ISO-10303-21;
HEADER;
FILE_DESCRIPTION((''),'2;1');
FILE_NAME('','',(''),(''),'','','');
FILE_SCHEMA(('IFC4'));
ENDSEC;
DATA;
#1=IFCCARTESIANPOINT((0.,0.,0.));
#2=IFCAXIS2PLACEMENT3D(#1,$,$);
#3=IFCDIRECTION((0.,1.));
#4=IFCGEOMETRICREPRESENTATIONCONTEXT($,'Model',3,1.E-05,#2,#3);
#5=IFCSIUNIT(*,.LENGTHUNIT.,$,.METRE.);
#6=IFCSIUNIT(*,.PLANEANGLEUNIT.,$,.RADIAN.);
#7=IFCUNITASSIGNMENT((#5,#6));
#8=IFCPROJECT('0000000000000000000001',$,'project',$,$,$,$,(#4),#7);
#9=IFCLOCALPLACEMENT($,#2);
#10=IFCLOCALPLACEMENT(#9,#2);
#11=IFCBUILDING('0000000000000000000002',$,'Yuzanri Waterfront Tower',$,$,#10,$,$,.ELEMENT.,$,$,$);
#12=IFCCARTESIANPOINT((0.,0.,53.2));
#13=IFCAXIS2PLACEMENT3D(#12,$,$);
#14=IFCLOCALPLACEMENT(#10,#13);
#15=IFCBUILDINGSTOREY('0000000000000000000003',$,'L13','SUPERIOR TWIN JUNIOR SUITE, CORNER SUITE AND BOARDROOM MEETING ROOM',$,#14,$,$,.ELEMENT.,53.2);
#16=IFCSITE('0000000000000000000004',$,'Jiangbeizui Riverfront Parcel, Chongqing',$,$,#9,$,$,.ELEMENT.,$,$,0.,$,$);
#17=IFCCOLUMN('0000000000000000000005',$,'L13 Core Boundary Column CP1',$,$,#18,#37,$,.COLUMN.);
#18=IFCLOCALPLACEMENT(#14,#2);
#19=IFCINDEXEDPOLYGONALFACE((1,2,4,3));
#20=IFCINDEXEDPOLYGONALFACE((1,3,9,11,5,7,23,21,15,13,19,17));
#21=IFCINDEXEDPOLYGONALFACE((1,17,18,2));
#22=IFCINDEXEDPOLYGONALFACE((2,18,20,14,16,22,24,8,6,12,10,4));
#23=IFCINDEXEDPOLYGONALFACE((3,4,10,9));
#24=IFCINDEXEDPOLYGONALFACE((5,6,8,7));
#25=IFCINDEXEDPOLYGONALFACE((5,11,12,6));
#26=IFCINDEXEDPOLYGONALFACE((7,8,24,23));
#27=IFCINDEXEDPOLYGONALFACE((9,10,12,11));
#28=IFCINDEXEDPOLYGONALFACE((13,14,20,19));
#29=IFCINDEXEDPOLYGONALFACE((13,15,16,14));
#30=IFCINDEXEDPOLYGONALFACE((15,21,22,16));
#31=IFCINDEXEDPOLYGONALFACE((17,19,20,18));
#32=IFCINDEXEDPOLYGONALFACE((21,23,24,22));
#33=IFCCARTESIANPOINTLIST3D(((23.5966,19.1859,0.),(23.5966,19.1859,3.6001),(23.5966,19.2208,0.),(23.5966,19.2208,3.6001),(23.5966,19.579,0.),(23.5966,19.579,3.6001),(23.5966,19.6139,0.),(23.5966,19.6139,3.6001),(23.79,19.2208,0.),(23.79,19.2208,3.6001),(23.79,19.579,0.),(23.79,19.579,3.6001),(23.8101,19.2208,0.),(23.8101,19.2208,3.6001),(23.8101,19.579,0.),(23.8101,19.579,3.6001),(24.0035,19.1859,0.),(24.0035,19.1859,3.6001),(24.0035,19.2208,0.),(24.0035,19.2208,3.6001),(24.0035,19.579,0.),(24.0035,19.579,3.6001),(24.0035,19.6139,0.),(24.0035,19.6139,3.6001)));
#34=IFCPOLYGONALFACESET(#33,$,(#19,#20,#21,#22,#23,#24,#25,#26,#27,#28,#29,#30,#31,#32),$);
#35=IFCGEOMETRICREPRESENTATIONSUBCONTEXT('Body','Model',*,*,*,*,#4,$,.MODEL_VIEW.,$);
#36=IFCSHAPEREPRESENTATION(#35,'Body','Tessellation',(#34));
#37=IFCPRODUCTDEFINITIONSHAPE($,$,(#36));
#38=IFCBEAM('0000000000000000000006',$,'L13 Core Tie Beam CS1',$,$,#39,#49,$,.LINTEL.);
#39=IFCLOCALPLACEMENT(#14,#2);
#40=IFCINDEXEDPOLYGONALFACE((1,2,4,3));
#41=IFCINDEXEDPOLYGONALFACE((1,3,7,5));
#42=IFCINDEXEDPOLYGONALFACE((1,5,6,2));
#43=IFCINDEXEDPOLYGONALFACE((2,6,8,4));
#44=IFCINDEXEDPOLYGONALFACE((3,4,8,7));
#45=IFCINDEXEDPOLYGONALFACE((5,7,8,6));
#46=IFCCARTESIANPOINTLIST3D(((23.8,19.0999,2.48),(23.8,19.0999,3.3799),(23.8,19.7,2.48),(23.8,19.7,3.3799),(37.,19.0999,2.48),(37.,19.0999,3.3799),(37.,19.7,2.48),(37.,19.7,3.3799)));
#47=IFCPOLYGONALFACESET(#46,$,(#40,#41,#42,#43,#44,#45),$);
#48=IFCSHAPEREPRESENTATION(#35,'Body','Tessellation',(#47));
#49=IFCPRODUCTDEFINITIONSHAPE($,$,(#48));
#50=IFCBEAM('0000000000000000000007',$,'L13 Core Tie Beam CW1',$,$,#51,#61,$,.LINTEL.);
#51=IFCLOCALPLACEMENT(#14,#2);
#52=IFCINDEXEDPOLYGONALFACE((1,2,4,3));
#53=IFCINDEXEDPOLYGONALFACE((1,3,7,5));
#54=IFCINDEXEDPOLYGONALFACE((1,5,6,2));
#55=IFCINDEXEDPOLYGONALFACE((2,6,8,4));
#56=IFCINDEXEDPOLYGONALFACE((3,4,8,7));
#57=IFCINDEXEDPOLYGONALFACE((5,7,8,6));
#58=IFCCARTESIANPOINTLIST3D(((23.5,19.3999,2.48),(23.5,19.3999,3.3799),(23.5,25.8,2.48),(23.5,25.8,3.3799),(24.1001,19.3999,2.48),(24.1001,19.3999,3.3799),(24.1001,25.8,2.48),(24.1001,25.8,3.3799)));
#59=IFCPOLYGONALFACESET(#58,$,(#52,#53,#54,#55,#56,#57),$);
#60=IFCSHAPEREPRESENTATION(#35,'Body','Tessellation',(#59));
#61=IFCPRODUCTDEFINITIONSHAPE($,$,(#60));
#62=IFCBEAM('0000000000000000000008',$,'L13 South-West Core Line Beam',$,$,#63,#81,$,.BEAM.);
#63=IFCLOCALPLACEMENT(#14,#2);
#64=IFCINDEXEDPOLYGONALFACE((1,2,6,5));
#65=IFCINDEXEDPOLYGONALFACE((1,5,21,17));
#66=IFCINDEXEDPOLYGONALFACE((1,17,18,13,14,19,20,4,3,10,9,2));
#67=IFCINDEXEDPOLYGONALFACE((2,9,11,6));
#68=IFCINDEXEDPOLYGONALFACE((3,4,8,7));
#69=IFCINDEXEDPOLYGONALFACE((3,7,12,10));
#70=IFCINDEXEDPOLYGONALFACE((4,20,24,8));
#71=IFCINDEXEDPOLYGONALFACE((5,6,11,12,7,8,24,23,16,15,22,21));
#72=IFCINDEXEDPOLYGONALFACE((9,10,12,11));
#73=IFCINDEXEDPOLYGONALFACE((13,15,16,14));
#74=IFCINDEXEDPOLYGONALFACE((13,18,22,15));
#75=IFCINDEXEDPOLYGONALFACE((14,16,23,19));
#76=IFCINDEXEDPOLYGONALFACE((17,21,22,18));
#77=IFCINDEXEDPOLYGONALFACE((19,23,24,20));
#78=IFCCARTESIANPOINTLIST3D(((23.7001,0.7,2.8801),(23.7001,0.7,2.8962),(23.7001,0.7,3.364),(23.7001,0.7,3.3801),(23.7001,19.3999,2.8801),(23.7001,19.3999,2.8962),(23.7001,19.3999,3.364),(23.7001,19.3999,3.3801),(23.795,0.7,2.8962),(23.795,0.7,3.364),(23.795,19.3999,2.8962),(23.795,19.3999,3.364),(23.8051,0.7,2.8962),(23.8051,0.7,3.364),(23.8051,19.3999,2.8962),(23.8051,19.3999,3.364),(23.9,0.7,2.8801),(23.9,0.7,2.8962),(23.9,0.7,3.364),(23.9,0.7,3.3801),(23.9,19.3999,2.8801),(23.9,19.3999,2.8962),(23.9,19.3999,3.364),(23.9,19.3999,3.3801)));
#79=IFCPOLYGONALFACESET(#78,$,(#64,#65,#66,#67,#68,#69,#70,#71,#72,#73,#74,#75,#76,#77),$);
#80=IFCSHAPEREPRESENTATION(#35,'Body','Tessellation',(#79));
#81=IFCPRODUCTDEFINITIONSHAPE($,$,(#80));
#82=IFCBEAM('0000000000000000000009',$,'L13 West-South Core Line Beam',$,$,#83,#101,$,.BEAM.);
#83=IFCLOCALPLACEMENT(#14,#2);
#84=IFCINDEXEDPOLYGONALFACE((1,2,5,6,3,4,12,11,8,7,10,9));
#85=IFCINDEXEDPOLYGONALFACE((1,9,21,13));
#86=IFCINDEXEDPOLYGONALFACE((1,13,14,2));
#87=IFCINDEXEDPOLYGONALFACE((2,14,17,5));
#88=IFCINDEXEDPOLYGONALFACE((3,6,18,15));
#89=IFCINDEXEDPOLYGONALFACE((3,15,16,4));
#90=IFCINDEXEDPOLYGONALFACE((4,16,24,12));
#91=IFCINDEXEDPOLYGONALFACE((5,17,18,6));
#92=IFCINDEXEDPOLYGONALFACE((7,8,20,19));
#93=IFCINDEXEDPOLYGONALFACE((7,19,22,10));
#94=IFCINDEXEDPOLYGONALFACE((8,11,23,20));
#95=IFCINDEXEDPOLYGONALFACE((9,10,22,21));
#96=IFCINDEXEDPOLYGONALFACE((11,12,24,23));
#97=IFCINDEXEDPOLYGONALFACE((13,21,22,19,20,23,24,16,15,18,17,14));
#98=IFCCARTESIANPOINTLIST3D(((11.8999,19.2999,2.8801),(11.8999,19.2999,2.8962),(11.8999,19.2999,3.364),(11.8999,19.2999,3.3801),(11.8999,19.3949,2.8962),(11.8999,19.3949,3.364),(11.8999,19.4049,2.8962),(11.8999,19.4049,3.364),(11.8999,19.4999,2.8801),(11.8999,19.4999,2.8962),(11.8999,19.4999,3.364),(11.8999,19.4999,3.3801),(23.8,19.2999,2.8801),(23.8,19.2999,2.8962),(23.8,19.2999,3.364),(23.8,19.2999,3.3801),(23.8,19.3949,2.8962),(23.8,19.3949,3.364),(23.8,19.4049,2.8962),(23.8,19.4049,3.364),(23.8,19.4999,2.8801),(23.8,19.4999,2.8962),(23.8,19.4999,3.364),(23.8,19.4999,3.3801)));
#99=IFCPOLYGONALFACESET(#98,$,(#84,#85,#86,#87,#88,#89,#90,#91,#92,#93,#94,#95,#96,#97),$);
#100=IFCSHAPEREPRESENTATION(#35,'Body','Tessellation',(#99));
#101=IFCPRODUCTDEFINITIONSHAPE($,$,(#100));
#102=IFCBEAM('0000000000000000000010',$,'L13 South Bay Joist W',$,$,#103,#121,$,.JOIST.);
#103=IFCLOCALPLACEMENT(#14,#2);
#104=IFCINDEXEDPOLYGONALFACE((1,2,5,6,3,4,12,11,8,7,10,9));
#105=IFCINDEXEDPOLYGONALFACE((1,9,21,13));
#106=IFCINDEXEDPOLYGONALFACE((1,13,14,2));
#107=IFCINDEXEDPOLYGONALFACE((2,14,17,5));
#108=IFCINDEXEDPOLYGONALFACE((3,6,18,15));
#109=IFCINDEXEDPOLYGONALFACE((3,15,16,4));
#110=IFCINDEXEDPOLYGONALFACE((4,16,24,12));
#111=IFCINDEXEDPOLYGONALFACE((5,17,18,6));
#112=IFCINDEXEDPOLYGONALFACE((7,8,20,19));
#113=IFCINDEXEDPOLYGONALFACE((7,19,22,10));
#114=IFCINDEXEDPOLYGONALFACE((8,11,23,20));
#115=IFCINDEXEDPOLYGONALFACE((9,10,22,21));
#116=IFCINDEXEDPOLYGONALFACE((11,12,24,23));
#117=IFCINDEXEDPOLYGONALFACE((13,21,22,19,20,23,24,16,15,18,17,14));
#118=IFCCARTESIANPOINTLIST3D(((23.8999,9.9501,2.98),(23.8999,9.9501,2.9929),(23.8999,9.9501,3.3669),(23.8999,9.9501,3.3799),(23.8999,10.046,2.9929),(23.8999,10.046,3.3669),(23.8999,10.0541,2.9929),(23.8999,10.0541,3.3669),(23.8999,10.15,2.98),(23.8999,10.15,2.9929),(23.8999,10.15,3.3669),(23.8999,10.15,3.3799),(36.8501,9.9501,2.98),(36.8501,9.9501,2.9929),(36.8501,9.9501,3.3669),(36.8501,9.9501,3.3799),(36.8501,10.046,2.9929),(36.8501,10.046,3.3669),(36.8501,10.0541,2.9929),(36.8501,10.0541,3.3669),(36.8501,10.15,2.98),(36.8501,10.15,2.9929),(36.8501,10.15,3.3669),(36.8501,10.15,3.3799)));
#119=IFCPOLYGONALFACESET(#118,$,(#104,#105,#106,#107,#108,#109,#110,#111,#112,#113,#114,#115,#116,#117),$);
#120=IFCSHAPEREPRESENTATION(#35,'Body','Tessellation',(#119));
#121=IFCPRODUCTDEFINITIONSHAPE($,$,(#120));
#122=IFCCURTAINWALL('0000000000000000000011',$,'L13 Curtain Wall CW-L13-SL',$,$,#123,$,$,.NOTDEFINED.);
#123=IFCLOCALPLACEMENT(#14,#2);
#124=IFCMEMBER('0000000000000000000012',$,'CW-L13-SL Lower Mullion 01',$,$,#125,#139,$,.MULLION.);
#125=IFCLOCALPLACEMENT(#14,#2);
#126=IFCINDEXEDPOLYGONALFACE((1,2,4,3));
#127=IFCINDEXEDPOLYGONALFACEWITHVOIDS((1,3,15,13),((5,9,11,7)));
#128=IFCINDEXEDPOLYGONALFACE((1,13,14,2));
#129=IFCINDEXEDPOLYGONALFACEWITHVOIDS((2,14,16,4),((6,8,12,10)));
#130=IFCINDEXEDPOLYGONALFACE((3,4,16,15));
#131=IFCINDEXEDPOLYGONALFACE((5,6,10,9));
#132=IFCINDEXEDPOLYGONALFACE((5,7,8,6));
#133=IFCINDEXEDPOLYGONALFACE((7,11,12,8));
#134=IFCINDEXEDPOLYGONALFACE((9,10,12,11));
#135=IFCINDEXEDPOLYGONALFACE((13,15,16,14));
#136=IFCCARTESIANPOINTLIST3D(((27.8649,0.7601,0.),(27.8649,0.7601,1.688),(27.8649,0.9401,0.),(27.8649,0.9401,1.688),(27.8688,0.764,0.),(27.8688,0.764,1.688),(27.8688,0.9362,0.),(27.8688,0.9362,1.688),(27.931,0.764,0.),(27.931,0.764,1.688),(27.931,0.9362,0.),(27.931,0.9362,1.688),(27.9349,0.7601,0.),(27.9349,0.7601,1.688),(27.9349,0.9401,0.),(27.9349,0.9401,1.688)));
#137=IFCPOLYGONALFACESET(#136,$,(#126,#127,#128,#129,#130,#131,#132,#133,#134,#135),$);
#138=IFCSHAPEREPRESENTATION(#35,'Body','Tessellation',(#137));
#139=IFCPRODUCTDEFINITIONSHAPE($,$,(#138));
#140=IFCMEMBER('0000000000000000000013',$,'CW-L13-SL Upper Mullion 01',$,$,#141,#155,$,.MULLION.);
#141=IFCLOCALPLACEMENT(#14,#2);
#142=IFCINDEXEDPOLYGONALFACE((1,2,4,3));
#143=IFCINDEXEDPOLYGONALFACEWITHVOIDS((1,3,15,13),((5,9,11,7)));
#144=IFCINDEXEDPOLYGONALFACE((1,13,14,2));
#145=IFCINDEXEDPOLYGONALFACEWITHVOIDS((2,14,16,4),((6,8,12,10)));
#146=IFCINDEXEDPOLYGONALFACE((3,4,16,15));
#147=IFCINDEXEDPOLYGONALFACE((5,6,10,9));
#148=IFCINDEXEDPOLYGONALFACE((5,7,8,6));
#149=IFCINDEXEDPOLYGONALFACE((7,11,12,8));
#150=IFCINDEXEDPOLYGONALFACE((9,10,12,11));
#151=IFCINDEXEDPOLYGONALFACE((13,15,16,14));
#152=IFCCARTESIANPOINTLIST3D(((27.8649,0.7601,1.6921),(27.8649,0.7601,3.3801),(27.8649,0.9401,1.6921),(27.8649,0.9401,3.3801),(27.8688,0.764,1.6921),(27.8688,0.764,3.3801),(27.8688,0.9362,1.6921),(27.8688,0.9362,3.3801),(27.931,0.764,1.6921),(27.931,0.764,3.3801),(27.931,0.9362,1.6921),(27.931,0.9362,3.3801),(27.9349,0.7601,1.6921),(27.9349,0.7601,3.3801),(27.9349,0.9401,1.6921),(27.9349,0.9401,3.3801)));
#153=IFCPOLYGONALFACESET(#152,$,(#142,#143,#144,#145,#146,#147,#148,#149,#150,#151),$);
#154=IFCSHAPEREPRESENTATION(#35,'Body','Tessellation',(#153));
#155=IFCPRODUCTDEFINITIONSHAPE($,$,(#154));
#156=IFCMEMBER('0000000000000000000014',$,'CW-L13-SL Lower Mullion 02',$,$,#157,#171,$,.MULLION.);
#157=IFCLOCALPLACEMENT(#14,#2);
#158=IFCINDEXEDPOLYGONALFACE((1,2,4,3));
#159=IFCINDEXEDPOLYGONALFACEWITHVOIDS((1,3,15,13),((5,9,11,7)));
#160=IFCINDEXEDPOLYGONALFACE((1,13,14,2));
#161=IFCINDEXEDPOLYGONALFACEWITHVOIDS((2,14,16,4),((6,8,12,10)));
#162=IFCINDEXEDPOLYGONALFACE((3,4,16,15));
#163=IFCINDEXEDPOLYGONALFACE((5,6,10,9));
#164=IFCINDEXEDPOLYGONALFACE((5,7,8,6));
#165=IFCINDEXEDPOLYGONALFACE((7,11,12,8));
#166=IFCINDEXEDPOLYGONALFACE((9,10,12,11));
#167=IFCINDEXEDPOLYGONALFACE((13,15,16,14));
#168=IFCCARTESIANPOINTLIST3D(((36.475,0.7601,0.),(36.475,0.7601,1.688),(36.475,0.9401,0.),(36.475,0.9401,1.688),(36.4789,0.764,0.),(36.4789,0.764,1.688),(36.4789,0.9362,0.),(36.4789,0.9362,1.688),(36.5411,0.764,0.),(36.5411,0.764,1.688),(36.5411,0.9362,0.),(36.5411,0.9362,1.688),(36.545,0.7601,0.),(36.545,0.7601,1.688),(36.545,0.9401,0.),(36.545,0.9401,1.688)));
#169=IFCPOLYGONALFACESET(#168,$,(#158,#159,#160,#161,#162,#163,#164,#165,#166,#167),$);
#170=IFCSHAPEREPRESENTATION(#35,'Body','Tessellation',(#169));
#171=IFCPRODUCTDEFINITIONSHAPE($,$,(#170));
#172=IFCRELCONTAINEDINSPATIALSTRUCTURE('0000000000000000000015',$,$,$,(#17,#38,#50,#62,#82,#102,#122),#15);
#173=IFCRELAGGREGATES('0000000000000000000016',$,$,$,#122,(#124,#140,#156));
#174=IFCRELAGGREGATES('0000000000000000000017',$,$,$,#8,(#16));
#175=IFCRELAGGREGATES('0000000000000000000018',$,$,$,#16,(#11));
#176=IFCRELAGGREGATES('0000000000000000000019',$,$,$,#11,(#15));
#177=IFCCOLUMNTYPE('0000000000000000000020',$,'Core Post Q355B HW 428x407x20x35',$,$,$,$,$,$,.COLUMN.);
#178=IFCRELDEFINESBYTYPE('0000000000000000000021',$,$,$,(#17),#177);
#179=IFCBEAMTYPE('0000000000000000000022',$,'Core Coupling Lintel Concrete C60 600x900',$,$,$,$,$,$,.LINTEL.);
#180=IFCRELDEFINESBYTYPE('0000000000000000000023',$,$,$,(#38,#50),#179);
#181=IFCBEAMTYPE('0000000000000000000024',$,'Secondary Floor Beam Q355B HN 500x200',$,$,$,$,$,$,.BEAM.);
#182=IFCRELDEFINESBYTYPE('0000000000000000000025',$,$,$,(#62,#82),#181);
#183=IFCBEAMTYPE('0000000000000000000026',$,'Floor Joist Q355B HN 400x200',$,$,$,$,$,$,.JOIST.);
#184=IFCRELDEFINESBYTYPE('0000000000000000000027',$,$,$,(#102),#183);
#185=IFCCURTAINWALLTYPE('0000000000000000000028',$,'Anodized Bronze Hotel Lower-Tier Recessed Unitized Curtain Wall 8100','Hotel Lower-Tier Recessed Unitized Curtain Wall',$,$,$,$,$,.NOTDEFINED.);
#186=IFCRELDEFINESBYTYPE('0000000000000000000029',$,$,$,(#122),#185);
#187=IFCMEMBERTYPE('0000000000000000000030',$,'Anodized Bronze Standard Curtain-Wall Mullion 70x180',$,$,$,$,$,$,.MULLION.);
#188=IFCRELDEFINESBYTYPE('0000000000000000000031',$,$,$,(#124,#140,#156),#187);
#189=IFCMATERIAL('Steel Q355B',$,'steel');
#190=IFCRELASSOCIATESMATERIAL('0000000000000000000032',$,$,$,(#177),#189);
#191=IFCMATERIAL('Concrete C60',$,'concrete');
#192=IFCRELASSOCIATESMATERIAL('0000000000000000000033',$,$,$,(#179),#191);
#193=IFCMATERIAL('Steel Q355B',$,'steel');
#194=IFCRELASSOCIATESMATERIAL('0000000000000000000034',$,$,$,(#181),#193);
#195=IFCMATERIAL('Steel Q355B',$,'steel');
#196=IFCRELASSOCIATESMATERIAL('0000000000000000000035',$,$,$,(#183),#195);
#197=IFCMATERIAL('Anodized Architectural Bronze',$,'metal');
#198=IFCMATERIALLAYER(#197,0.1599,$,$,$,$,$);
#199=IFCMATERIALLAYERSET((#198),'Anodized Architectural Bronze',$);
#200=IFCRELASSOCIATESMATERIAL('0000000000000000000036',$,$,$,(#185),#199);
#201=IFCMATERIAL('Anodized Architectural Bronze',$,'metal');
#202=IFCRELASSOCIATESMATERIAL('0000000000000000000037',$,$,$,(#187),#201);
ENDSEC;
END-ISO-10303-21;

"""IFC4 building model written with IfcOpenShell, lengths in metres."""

from ifc_helpers import new_model, si_unit, direction, frame, origin, origin_2d, place, context, subcontext, project, spatial, rectangle, hollow_rectangle, i_section, extrude, source, transform, mapped, material, layer, layer_set, material_profile, profile_set, type_object, element, aggregate, save


model = new_model("IFC4")

# Units and contexts
model_context = context("Model", 3, precision=1e-05, world=origin(), true_north=direction((0.0, 1.0)))
body_context = subcontext(model_context, "Body", "Model", "MODEL_VIEW")
ifc_project = project(units=[si_unit("LENGTHUNIT", "METRE"), si_unit("PLANEANGLEUNIT", "RADIAN")], contexts=[model_context])

# Site, building, storey
site_placement = place(None, origin())
site = spatial("IfcSite", under=ifc_project, at=site_placement, Name="Jiangbeizui Riverfront Parcel, Chongqing", CompositionType="ELEMENT", RefElevation=0.0)
building_placement = place(site_placement, origin())
building = spatial("IfcBuilding", under=site, at=building_placement, Name="Yuzanri Waterfront Tower", CompositionType="ELEMENT")
storey_placement = place(building_placement, frame((0.0, 0.0, 53.2)))
storey = spatial("IfcBuildingStorey", under=building, at=storey_placement, Name="L13", Description="SUPERIOR TWIN JUNIOR SUITE, CORNER SUITE AND BOARDROOM MEETING ROOM", CompositionType="ELEMENT", Elevation=53.2)

# Column
ifc_material_1 = material(Name="Steel Q355B", Category="steel")
ifc_material_profile_1 = material_profile(ifc_material_1, i_section(OverallWidth=0.407, OverallDepth=0.428, WebThickness=0.02, FlangeThickness=0.0349, at=origin_2d()), Name="HW 428x407x20x35")
ifc_profile_set_1 = profile_set([ifc_material_profile_1], Name="Steel Q355B")
column_type = type_object("IfcColumnType", Name="Core Post Q355B HW 428x407x20x35", PredefinedType="COLUMN", material=ifc_profile_set_1)
shared_shape_1 = source(origin(), body_context, "Body", "SweptSolid", [
    extrude(i_section(OverallWidth=0.407, OverallDepth=0.428, WebThickness=0.02, FlangeThickness=0.0349, at=origin_2d()), origin(), (0.0, 0.0, 1.0), 3.6001),
])
column_placement = place(storey_placement, frame((23.8, 19.3999, 0.0), z_axis=(0.0, 0.0, 1.0), x_axis=(1.0, 0.0, 0.0)))
element("IfcColumn", 1, at=column_placement, inside=storey, type_object=column_type, Name="L13 Core Boundary Column CP1", PredefinedType="COLUMN", context=body_context, shape_type="MappedRepresentation", body=[
    mapped(shared_shape_1, transform((0.0, 0.0, 0.0), scale=1.0)),
])

# Beams
ifc_material_2 = material(Name="Concrete C60", Category="concrete")
ifc_material_profile_2 = material_profile(ifc_material_2, rectangle(XDim=0.6001, YDim=0.8999, at=origin_2d()), Name="RC 600x900")
ifc_profile_set_2 = profile_set([ifc_material_profile_2], Name="Concrete C60")
beam_type_1 = type_object("IfcBeamType", Name="Core Coupling Lintel Concrete C60 600x900", PredefinedType="LINTEL", material=ifc_profile_set_2)
shared_shape_2 = source(origin(), body_context, "Body", "SweptSolid", [
    extrude(rectangle(XDim=0.6001, YDim=0.8999, at=origin_2d()), origin(), (0.0, 0.0, 1.0), 13.2),
])
beam_1_placement = place(storey_placement, frame((23.8, 19.3999, 2.9299), z_axis=(1.0, 0.0, 0.0), x_axis=(0.0, 1.0, 0.0)))
element("IfcBeam", 2, at=beam_1_placement, inside=storey, type_object=beam_type_1, Name="L13 Core Tie Beam CS1", PredefinedType="LINTEL", context=body_context, shape_type="MappedRepresentation", body=[
    mapped(shared_shape_2, transform((0.0, 0.0, 0.0), scale=1.0)),
])
shared_shape_3 = source(origin(), body_context, "Body", "SweptSolid", [
    extrude(rectangle(XDim=0.6001, YDim=0.8999, at=origin_2d()), origin(), (0.0, 0.0, 1.0), 6.4001),
])
beam_2_placement = place(storey_placement, frame((23.8, 19.3999, 2.9299), z_axis=(0.0, 1.0, 0.0), x_axis=(-1.0, 0.0, 0.0)))
element("IfcBeam", 3, at=beam_2_placement, inside=storey, type_object=beam_type_1, Name="L13 Core Tie Beam CW1", PredefinedType="LINTEL", context=body_context, shape_type="MappedRepresentation", body=[
    mapped(shared_shape_3, transform((0.0, 0.0, 0.0), scale=1.0)),
])
ifc_material_3 = material(Name="Steel Q355B", Category="steel")
ifc_material_profile_3 = material_profile(ifc_material_3, i_section(OverallWidth=0.2, OverallDepth=0.5, WebThickness=0.01, FlangeThickness=0.0161, at=origin_2d()), Name="HN 500x200x10x16")
ifc_profile_set_3 = profile_set([ifc_material_profile_3], Name="Steel Q355B")
beam_type_2 = type_object("IfcBeamType", Name="Secondary Floor Beam Q355B HN 500x200", PredefinedType="BEAM", material=ifc_profile_set_3)
shared_shape_4 = source(origin(), body_context, "Body", "SweptSolid", [
    extrude(i_section(OverallWidth=0.2, OverallDepth=0.5, WebThickness=0.01, FlangeThickness=0.0161, at=origin_2d()), origin(), (0.0, 0.0, 1.0), 18.7),
])
beam_3_placement = place(storey_placement, frame((23.8, 19.3999, 3.1301), z_axis=(0.0, -1.0, 0.0), x_axis=(1.0, 0.0, 0.0)))
element("IfcBeam", 4, at=beam_3_placement, inside=storey, type_object=beam_type_2, Name="L13 South-West Core Line Beam", PredefinedType="BEAM", context=body_context, shape_type="MappedRepresentation", body=[
    mapped(shared_shape_4, transform((0.0, 0.0, 0.0), scale=1.0)),
])
shared_shape_5 = source(origin(), body_context, "Body", "SweptSolid", [
    extrude(i_section(OverallWidth=0.2, OverallDepth=0.5, WebThickness=0.01, FlangeThickness=0.0161, at=origin_2d()), origin(), (0.0, 0.0, 1.0), 11.9001),
])
beam_4_placement = place(storey_placement, frame((23.8, 19.3999, 3.1301), z_axis=(-1.0, 0.0, 0.0), x_axis=(0.0, -1.0, 0.0)))
element("IfcBeam", 5, at=beam_4_placement, inside=storey, type_object=beam_type_2, Name="L13 West-South Core Line Beam", PredefinedType="BEAM", context=body_context, shape_type="MappedRepresentation", body=[
    mapped(shared_shape_5, transform((0.0, 0.0, 0.0), scale=1.0)),
])
ifc_material_4 = material(Name="Steel Q355B", Category="steel")
ifc_material_profile_4 = material_profile(ifc_material_4, i_section(OverallWidth=0.2, OverallDepth=0.3999, WebThickness=0.0081, FlangeThickness=0.0129, at=origin_2d()), Name="HN 400x200x8x13")
ifc_profile_set_4 = profile_set([ifc_material_profile_4], Name="Steel Q355B")
beam_type_3 = type_object("IfcBeamType", Name="Floor Joist Q355B HN 400x200", PredefinedType="JOIST", material=ifc_profile_set_4)
shared_shape_6 = source(origin(), body_context, "Body", "SweptSolid", [
    extrude(i_section(OverallWidth=0.2, OverallDepth=0.3999, WebThickness=0.0081, FlangeThickness=0.0129, at=origin_2d()), origin(), (0.0, 0.0, 1.0), 12.9502),
])
beam_5_placement = place(storey_placement, frame((23.8999, 10.05, 3.1799), z_axis=(1.0, 0.0, 0.0), x_axis=(0.0, 1.0, 0.0)))
element("IfcBeam", 6, at=beam_5_placement, inside=storey, type_object=beam_type_3, Name="L13 South Bay Joist W", PredefinedType="JOIST", context=body_context, shape_type="MappedRepresentation", body=[
    mapped(shared_shape_6, transform((0.0, 0.0, 0.0), scale=1.0)),
])

# Curtain wall, members
ifc_material_5 = material(Name="Anodized Architectural Bronze", Category="metal")
ifc_layer_1 = layer(ifc_material_5, 0.1599)
ifc_layer_set_1 = layer_set([ifc_layer_1], Name="Anodized Architectural Bronze")
curtain_wall_type = type_object("IfcCurtainWallType", Name="Anodized Bronze Hotel Lower-Tier Recessed Unitized Curtain Wall 8100", Description="Hotel Lower-Tier Recessed Unitized Curtain Wall", PredefinedType="NOTDEFINED", material=ifc_layer_set_1)
curtain_wall_placement = place(storey_placement, origin())
curtain_wall = element("IfcCurtainWall", 7, at=curtain_wall_placement, inside=storey, type_object=curtain_wall_type, Name="L13 Curtain Wall CW-L13-SL", PredefinedType="NOTDEFINED")
ifc_material_6 = material(Name="Anodized Architectural Bronze", Category="metal")
ifc_material_profile_5 = material_profile(ifc_material_6, hollow_rectangle(XDim=0.0701, YDim=0.1799, WallThickness=0.0039, at=origin_2d()), Name="CWM 70x180")
ifc_profile_set_5 = profile_set([ifc_material_profile_5], Name="Anodized Architectural Bronze")
member_type = type_object("IfcMemberType", Name="Anodized Bronze Standard Curtain-Wall Mullion 70x180", PredefinedType="MULLION", material=ifc_profile_set_5)
shared_shape_7 = source(origin(), body_context, "Body", "SweptSolid", [
    extrude(hollow_rectangle(XDim=0.0701, YDim=0.1799, WallThickness=0.0039, at=origin_2d()), origin(), (0.0, 0.0, 1.0), 1.688),
])
member_1_placement = place(storey_placement, frame((27.8999, 0.8501, 0.0), z_axis=(0.0, 0.0, 1.0), x_axis=(1.0, 0.0, 0.0)))
member_1 = element("IfcMember", 8, at=member_1_placement, type_object=member_type, Name="CW-L13-SL Lower Mullion 01", PredefinedType="MULLION", context=body_context, shape_type="MappedRepresentation", body=[
    mapped(shared_shape_7, transform((0.0, 0.0, 0.0), scale=1.0)),
])
member_2_placement = place(storey_placement, frame((27.8999, 0.8501, 1.6921), z_axis=(0.0, 0.0, 1.0), x_axis=(1.0, 0.0, 0.0)))
member_2 = element("IfcMember", 9, at=member_2_placement, type_object=member_type, Name="CW-L13-SL Upper Mullion 01", PredefinedType="MULLION", context=body_context, shape_type="MappedRepresentation", body=[
    mapped(shared_shape_7, transform((0.0, 0.0, 0.0), scale=1.0)),
])
member_3_placement = place(storey_placement, frame((36.51, 0.8501, 0.0), z_axis=(0.0, 0.0, 1.0), x_axis=(1.0, 0.0, 0.0)))
member_3 = element("IfcMember", 10, at=member_3_placement, type_object=member_type, Name="CW-L13-SL Lower Mullion 02", PredefinedType="MULLION", context=body_context, shape_type="MappedRepresentation", body=[
    mapped(shared_shape_7, transform((0.0, 0.0, 0.0), scale=1.0)),
])
aggregate(curtain_wall, [member_1, member_2, member_3])

save(model, "model.ifc")
